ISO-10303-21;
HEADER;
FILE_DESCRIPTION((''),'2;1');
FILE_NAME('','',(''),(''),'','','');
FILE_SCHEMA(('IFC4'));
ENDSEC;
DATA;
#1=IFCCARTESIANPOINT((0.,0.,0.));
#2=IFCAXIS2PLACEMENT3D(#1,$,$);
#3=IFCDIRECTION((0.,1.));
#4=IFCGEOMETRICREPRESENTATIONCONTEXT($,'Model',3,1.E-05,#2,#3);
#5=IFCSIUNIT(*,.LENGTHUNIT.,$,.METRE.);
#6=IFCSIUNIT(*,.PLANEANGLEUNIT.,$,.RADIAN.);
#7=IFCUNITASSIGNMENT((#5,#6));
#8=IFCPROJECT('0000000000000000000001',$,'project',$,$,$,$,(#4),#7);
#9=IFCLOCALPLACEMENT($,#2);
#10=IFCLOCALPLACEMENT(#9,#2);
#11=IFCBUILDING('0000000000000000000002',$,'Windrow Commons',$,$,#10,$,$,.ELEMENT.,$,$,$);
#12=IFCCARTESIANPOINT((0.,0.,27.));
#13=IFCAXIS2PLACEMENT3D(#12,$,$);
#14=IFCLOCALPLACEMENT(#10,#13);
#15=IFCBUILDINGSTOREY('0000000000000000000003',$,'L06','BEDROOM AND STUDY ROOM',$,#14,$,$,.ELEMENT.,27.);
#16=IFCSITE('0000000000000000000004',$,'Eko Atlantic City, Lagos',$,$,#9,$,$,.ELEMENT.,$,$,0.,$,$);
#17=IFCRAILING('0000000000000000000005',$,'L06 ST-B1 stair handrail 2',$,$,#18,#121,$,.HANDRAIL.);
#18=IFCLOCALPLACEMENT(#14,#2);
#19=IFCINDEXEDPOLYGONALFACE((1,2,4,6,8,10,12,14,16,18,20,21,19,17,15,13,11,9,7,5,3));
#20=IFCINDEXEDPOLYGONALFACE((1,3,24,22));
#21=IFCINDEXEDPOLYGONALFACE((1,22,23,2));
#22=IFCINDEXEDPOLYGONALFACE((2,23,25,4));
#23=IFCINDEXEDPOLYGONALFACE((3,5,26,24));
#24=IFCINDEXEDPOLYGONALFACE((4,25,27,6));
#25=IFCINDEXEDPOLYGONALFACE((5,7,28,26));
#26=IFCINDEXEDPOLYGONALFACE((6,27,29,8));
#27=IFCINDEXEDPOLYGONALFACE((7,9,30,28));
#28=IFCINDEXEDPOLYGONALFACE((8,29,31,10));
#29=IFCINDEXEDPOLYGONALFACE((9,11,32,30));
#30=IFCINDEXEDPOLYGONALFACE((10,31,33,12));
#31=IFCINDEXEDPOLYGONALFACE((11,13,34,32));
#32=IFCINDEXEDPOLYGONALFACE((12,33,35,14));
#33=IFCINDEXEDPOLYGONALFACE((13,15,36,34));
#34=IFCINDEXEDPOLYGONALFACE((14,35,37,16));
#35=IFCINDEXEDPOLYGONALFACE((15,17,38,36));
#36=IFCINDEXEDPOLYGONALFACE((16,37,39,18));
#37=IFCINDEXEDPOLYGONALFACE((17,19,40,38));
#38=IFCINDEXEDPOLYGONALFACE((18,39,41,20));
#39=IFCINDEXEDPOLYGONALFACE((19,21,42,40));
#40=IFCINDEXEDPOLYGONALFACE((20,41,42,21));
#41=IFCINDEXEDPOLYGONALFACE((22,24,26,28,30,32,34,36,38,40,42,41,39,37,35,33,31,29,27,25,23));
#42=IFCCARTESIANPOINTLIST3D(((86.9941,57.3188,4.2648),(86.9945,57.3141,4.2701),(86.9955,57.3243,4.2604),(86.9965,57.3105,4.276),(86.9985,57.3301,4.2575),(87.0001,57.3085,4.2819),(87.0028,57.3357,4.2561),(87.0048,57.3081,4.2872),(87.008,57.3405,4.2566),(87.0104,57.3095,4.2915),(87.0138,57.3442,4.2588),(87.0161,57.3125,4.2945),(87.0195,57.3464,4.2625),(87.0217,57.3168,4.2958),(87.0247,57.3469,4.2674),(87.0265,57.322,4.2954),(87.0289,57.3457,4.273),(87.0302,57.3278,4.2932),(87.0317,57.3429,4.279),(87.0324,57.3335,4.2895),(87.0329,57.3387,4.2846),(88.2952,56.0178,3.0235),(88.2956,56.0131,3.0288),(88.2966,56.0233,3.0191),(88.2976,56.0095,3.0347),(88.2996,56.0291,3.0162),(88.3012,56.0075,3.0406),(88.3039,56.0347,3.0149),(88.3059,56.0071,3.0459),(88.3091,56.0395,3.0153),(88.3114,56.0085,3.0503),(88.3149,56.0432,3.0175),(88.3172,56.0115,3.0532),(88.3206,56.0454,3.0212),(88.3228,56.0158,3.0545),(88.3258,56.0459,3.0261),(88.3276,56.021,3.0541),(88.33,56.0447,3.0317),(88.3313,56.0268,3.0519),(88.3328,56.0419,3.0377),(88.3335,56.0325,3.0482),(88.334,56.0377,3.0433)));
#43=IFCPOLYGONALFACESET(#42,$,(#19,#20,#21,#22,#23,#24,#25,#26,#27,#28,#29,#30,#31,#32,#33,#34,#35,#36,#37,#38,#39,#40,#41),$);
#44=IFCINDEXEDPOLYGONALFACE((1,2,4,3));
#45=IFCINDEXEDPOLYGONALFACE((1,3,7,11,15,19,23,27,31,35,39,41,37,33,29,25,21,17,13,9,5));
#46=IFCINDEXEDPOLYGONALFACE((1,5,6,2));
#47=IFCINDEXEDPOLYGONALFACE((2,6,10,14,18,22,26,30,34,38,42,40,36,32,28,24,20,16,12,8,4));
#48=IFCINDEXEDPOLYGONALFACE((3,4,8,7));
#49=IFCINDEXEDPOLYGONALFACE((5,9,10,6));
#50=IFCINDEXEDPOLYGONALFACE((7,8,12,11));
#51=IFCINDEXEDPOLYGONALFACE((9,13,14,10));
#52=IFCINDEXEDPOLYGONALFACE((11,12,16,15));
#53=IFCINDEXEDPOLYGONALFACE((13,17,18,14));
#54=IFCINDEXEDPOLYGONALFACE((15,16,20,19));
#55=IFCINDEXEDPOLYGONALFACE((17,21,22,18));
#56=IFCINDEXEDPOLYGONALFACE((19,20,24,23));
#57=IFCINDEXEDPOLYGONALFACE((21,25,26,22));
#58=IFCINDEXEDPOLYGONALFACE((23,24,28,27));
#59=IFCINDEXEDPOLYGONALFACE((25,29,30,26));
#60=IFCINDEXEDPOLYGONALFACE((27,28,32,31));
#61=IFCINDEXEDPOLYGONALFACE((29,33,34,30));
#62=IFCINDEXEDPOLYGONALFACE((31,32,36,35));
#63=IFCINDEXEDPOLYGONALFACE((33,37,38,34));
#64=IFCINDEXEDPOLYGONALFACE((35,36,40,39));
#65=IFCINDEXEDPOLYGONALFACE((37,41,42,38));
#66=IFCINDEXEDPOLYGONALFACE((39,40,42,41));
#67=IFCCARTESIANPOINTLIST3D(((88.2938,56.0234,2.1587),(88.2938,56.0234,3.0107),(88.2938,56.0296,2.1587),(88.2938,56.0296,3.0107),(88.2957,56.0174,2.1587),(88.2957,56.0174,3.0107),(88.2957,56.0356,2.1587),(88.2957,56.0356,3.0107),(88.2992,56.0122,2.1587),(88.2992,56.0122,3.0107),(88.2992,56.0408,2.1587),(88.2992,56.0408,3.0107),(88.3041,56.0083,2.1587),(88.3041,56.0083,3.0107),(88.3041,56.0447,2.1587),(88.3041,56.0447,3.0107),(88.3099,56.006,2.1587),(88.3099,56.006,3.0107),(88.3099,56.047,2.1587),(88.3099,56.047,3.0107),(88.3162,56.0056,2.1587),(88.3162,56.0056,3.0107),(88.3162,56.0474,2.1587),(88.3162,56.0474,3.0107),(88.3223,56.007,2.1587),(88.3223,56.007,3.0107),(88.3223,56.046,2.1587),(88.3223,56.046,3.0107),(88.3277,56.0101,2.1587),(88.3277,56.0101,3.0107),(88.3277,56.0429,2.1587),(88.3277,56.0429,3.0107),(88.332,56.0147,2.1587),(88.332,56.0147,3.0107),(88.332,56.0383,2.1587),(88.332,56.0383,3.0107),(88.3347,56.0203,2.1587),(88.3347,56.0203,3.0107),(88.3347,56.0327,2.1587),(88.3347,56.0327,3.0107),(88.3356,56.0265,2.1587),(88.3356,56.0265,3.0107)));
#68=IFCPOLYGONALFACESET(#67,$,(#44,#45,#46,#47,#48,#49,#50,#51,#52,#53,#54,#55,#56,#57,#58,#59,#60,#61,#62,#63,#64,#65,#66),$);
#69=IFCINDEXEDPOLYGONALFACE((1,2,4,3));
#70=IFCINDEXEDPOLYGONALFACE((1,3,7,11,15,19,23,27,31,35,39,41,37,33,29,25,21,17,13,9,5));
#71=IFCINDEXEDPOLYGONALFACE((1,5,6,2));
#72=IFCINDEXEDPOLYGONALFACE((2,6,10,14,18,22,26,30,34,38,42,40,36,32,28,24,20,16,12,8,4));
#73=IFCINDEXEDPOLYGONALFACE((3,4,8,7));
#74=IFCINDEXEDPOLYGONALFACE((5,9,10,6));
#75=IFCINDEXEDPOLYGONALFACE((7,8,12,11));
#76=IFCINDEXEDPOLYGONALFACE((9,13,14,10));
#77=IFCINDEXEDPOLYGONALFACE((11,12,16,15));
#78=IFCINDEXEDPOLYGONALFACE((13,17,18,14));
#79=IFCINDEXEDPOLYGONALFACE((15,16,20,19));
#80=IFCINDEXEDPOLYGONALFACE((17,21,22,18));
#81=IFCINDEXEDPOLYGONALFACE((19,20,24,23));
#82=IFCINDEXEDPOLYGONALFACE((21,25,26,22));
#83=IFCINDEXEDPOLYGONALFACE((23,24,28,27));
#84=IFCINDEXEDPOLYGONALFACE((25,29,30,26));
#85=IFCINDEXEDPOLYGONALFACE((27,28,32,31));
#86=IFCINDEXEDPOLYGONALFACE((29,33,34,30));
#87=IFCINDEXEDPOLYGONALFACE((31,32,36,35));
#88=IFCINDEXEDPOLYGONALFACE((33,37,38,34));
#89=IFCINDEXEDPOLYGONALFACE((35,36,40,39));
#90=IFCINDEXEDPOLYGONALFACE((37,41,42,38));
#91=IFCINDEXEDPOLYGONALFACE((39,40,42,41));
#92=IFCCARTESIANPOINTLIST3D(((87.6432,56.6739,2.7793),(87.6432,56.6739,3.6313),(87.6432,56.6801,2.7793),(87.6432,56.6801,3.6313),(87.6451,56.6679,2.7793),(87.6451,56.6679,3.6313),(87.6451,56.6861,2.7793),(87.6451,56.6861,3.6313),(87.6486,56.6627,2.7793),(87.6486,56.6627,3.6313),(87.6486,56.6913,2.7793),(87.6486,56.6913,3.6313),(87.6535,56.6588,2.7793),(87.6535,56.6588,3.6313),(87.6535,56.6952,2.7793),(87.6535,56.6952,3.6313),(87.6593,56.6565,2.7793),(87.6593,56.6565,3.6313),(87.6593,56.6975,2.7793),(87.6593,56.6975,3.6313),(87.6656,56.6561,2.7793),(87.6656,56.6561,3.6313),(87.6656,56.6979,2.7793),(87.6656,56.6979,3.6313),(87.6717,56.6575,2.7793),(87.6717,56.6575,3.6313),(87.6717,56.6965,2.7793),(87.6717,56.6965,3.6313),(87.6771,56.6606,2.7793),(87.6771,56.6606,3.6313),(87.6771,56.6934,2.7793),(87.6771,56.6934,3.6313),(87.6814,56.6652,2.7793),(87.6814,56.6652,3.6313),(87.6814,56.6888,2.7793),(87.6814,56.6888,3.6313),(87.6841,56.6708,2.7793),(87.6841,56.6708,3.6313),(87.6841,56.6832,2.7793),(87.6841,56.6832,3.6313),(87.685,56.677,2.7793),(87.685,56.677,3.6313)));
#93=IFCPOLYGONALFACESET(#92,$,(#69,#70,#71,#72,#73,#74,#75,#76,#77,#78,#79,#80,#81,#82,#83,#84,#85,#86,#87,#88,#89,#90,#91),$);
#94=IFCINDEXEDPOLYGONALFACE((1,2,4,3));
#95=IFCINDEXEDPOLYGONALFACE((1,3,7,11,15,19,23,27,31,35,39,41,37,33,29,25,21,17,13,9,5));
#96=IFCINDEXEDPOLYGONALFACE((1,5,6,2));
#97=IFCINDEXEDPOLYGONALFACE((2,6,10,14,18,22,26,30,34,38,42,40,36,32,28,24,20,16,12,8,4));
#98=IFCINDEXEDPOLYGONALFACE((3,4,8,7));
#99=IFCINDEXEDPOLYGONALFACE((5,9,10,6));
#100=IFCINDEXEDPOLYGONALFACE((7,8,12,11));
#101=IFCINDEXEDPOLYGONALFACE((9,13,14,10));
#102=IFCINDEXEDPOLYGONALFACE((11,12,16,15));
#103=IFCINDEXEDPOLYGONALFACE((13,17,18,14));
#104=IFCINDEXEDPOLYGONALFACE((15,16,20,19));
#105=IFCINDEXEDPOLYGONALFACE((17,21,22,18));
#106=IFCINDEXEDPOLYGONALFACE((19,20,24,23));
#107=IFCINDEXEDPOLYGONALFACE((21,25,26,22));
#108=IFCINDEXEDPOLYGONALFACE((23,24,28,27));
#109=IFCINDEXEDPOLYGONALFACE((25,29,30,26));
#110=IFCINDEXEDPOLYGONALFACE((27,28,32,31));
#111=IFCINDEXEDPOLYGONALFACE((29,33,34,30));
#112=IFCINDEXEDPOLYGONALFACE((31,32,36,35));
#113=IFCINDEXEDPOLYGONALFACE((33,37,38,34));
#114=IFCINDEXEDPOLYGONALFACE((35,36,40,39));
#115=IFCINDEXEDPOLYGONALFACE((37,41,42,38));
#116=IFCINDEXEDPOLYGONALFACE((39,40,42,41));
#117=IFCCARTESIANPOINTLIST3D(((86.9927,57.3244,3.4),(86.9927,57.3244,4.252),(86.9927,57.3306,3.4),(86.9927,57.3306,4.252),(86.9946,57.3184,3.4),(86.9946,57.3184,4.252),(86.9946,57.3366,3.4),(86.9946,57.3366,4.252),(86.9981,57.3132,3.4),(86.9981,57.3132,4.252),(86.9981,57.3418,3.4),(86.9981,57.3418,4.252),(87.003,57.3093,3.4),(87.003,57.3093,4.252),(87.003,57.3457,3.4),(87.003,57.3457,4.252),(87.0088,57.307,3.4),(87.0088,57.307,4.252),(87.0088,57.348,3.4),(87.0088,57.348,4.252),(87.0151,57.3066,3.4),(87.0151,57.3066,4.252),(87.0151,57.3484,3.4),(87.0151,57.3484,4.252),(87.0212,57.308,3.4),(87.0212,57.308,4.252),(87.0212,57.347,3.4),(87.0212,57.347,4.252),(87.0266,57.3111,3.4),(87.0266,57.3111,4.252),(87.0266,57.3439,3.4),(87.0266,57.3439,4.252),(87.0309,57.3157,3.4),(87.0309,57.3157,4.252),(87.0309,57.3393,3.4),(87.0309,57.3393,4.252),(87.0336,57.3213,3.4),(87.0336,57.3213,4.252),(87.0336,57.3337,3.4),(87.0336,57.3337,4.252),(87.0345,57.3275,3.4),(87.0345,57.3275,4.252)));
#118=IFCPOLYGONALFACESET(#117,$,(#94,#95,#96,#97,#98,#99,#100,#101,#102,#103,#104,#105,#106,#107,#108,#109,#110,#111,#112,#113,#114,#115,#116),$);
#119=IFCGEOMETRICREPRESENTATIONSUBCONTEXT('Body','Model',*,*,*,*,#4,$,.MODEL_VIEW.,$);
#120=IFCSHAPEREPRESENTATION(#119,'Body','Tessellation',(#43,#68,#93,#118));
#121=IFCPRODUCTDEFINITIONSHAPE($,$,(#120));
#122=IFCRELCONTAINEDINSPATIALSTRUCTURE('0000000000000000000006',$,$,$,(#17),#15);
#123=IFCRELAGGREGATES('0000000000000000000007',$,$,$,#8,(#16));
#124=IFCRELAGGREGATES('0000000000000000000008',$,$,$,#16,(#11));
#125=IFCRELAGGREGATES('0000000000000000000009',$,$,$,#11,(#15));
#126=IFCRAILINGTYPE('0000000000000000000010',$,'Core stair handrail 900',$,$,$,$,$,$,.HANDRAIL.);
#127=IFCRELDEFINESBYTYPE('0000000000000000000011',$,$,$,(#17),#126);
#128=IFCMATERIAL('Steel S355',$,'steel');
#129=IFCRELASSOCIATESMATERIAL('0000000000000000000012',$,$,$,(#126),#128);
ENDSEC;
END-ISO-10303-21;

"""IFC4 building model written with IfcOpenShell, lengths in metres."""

from ifc_helpers import new_model, si_unit, direction, frame, origin, origin_2d, place, context, subcontext, project, spatial, circle, extrude, material, type_object, element, save


model = new_model("IFC4")

# Units and contexts
model_context = context("Model", 3, precision=1e-05, world=origin(), true_north=direction((0.0, 1.0)))
body_context = subcontext(model_context, "Body", "Model", "MODEL_VIEW")
ifc_project = project(units=[si_unit("LENGTHUNIT", "METRE"), si_unit("PLANEANGLEUNIT", "RADIAN")], contexts=[model_context])

# Site, building, storey
site_placement = place(None, origin())
site = spatial("IfcSite", under=ifc_project, at=site_placement, Name="Eko Atlantic City, Lagos", CompositionType="ELEMENT", RefElevation=0.0)
building_placement = place(site_placement, origin())
building = spatial("IfcBuilding", under=site, at=building_placement, Name="Windrow Commons", CompositionType="ELEMENT")
storey_placement = place(building_placement, frame((0.0, 0.0, 27.0)))
storey = spatial("IfcBuildingStorey", under=building, at=storey_placement, Name="L06", Description="BEDROOM AND STUDY ROOM", CompositionType="ELEMENT", Elevation=27.0)

# Railing
ifc_material_1 = material(Name="Steel S355", Category="steel")
railing_type_1 = type_object("IfcRailingType", Name="Core stair handrail 900", PredefinedType="HANDRAIL", material=ifc_material_1)
railing_1_placement = place(storey_placement, frame((88.3146, 56.0265, 2.1587)))
element("IfcRailing", 1, at=railing_1_placement, inside=storey, type_object=railing_type_1, Name="L06 ST-B1 stair handrail 2", PredefinedType="HANDRAIL", context=body_context, shape_type="SweptSolid", body=[
    extrude(circle(Radius=0.024, at=origin_2d()), frame((0.0, 0.0, 0.876), z_axis=(-0.586207, 0.586162, 0.559264), x_axis=(-0.70708, -0.707134, 0.0)), (0.0, 0.0, 1.0), 2.2195),
    extrude(circle(Radius=0.021, at=origin_2d()), origin(), (0.0, 0.0, 1.0), 0.852),
    extrude(circle(Radius=0.021, at=origin_2d()), frame((-0.6506, 0.6505, 0.6206)), (0.0, 0.0, 1.0), 0.852),
    extrude(circle(Radius=0.021, at=origin_2d()), frame((-1.3011, 1.301, 1.2413)), (0.0, 0.0, 1.0), 0.852),
])

save(model, "model.ifc")
